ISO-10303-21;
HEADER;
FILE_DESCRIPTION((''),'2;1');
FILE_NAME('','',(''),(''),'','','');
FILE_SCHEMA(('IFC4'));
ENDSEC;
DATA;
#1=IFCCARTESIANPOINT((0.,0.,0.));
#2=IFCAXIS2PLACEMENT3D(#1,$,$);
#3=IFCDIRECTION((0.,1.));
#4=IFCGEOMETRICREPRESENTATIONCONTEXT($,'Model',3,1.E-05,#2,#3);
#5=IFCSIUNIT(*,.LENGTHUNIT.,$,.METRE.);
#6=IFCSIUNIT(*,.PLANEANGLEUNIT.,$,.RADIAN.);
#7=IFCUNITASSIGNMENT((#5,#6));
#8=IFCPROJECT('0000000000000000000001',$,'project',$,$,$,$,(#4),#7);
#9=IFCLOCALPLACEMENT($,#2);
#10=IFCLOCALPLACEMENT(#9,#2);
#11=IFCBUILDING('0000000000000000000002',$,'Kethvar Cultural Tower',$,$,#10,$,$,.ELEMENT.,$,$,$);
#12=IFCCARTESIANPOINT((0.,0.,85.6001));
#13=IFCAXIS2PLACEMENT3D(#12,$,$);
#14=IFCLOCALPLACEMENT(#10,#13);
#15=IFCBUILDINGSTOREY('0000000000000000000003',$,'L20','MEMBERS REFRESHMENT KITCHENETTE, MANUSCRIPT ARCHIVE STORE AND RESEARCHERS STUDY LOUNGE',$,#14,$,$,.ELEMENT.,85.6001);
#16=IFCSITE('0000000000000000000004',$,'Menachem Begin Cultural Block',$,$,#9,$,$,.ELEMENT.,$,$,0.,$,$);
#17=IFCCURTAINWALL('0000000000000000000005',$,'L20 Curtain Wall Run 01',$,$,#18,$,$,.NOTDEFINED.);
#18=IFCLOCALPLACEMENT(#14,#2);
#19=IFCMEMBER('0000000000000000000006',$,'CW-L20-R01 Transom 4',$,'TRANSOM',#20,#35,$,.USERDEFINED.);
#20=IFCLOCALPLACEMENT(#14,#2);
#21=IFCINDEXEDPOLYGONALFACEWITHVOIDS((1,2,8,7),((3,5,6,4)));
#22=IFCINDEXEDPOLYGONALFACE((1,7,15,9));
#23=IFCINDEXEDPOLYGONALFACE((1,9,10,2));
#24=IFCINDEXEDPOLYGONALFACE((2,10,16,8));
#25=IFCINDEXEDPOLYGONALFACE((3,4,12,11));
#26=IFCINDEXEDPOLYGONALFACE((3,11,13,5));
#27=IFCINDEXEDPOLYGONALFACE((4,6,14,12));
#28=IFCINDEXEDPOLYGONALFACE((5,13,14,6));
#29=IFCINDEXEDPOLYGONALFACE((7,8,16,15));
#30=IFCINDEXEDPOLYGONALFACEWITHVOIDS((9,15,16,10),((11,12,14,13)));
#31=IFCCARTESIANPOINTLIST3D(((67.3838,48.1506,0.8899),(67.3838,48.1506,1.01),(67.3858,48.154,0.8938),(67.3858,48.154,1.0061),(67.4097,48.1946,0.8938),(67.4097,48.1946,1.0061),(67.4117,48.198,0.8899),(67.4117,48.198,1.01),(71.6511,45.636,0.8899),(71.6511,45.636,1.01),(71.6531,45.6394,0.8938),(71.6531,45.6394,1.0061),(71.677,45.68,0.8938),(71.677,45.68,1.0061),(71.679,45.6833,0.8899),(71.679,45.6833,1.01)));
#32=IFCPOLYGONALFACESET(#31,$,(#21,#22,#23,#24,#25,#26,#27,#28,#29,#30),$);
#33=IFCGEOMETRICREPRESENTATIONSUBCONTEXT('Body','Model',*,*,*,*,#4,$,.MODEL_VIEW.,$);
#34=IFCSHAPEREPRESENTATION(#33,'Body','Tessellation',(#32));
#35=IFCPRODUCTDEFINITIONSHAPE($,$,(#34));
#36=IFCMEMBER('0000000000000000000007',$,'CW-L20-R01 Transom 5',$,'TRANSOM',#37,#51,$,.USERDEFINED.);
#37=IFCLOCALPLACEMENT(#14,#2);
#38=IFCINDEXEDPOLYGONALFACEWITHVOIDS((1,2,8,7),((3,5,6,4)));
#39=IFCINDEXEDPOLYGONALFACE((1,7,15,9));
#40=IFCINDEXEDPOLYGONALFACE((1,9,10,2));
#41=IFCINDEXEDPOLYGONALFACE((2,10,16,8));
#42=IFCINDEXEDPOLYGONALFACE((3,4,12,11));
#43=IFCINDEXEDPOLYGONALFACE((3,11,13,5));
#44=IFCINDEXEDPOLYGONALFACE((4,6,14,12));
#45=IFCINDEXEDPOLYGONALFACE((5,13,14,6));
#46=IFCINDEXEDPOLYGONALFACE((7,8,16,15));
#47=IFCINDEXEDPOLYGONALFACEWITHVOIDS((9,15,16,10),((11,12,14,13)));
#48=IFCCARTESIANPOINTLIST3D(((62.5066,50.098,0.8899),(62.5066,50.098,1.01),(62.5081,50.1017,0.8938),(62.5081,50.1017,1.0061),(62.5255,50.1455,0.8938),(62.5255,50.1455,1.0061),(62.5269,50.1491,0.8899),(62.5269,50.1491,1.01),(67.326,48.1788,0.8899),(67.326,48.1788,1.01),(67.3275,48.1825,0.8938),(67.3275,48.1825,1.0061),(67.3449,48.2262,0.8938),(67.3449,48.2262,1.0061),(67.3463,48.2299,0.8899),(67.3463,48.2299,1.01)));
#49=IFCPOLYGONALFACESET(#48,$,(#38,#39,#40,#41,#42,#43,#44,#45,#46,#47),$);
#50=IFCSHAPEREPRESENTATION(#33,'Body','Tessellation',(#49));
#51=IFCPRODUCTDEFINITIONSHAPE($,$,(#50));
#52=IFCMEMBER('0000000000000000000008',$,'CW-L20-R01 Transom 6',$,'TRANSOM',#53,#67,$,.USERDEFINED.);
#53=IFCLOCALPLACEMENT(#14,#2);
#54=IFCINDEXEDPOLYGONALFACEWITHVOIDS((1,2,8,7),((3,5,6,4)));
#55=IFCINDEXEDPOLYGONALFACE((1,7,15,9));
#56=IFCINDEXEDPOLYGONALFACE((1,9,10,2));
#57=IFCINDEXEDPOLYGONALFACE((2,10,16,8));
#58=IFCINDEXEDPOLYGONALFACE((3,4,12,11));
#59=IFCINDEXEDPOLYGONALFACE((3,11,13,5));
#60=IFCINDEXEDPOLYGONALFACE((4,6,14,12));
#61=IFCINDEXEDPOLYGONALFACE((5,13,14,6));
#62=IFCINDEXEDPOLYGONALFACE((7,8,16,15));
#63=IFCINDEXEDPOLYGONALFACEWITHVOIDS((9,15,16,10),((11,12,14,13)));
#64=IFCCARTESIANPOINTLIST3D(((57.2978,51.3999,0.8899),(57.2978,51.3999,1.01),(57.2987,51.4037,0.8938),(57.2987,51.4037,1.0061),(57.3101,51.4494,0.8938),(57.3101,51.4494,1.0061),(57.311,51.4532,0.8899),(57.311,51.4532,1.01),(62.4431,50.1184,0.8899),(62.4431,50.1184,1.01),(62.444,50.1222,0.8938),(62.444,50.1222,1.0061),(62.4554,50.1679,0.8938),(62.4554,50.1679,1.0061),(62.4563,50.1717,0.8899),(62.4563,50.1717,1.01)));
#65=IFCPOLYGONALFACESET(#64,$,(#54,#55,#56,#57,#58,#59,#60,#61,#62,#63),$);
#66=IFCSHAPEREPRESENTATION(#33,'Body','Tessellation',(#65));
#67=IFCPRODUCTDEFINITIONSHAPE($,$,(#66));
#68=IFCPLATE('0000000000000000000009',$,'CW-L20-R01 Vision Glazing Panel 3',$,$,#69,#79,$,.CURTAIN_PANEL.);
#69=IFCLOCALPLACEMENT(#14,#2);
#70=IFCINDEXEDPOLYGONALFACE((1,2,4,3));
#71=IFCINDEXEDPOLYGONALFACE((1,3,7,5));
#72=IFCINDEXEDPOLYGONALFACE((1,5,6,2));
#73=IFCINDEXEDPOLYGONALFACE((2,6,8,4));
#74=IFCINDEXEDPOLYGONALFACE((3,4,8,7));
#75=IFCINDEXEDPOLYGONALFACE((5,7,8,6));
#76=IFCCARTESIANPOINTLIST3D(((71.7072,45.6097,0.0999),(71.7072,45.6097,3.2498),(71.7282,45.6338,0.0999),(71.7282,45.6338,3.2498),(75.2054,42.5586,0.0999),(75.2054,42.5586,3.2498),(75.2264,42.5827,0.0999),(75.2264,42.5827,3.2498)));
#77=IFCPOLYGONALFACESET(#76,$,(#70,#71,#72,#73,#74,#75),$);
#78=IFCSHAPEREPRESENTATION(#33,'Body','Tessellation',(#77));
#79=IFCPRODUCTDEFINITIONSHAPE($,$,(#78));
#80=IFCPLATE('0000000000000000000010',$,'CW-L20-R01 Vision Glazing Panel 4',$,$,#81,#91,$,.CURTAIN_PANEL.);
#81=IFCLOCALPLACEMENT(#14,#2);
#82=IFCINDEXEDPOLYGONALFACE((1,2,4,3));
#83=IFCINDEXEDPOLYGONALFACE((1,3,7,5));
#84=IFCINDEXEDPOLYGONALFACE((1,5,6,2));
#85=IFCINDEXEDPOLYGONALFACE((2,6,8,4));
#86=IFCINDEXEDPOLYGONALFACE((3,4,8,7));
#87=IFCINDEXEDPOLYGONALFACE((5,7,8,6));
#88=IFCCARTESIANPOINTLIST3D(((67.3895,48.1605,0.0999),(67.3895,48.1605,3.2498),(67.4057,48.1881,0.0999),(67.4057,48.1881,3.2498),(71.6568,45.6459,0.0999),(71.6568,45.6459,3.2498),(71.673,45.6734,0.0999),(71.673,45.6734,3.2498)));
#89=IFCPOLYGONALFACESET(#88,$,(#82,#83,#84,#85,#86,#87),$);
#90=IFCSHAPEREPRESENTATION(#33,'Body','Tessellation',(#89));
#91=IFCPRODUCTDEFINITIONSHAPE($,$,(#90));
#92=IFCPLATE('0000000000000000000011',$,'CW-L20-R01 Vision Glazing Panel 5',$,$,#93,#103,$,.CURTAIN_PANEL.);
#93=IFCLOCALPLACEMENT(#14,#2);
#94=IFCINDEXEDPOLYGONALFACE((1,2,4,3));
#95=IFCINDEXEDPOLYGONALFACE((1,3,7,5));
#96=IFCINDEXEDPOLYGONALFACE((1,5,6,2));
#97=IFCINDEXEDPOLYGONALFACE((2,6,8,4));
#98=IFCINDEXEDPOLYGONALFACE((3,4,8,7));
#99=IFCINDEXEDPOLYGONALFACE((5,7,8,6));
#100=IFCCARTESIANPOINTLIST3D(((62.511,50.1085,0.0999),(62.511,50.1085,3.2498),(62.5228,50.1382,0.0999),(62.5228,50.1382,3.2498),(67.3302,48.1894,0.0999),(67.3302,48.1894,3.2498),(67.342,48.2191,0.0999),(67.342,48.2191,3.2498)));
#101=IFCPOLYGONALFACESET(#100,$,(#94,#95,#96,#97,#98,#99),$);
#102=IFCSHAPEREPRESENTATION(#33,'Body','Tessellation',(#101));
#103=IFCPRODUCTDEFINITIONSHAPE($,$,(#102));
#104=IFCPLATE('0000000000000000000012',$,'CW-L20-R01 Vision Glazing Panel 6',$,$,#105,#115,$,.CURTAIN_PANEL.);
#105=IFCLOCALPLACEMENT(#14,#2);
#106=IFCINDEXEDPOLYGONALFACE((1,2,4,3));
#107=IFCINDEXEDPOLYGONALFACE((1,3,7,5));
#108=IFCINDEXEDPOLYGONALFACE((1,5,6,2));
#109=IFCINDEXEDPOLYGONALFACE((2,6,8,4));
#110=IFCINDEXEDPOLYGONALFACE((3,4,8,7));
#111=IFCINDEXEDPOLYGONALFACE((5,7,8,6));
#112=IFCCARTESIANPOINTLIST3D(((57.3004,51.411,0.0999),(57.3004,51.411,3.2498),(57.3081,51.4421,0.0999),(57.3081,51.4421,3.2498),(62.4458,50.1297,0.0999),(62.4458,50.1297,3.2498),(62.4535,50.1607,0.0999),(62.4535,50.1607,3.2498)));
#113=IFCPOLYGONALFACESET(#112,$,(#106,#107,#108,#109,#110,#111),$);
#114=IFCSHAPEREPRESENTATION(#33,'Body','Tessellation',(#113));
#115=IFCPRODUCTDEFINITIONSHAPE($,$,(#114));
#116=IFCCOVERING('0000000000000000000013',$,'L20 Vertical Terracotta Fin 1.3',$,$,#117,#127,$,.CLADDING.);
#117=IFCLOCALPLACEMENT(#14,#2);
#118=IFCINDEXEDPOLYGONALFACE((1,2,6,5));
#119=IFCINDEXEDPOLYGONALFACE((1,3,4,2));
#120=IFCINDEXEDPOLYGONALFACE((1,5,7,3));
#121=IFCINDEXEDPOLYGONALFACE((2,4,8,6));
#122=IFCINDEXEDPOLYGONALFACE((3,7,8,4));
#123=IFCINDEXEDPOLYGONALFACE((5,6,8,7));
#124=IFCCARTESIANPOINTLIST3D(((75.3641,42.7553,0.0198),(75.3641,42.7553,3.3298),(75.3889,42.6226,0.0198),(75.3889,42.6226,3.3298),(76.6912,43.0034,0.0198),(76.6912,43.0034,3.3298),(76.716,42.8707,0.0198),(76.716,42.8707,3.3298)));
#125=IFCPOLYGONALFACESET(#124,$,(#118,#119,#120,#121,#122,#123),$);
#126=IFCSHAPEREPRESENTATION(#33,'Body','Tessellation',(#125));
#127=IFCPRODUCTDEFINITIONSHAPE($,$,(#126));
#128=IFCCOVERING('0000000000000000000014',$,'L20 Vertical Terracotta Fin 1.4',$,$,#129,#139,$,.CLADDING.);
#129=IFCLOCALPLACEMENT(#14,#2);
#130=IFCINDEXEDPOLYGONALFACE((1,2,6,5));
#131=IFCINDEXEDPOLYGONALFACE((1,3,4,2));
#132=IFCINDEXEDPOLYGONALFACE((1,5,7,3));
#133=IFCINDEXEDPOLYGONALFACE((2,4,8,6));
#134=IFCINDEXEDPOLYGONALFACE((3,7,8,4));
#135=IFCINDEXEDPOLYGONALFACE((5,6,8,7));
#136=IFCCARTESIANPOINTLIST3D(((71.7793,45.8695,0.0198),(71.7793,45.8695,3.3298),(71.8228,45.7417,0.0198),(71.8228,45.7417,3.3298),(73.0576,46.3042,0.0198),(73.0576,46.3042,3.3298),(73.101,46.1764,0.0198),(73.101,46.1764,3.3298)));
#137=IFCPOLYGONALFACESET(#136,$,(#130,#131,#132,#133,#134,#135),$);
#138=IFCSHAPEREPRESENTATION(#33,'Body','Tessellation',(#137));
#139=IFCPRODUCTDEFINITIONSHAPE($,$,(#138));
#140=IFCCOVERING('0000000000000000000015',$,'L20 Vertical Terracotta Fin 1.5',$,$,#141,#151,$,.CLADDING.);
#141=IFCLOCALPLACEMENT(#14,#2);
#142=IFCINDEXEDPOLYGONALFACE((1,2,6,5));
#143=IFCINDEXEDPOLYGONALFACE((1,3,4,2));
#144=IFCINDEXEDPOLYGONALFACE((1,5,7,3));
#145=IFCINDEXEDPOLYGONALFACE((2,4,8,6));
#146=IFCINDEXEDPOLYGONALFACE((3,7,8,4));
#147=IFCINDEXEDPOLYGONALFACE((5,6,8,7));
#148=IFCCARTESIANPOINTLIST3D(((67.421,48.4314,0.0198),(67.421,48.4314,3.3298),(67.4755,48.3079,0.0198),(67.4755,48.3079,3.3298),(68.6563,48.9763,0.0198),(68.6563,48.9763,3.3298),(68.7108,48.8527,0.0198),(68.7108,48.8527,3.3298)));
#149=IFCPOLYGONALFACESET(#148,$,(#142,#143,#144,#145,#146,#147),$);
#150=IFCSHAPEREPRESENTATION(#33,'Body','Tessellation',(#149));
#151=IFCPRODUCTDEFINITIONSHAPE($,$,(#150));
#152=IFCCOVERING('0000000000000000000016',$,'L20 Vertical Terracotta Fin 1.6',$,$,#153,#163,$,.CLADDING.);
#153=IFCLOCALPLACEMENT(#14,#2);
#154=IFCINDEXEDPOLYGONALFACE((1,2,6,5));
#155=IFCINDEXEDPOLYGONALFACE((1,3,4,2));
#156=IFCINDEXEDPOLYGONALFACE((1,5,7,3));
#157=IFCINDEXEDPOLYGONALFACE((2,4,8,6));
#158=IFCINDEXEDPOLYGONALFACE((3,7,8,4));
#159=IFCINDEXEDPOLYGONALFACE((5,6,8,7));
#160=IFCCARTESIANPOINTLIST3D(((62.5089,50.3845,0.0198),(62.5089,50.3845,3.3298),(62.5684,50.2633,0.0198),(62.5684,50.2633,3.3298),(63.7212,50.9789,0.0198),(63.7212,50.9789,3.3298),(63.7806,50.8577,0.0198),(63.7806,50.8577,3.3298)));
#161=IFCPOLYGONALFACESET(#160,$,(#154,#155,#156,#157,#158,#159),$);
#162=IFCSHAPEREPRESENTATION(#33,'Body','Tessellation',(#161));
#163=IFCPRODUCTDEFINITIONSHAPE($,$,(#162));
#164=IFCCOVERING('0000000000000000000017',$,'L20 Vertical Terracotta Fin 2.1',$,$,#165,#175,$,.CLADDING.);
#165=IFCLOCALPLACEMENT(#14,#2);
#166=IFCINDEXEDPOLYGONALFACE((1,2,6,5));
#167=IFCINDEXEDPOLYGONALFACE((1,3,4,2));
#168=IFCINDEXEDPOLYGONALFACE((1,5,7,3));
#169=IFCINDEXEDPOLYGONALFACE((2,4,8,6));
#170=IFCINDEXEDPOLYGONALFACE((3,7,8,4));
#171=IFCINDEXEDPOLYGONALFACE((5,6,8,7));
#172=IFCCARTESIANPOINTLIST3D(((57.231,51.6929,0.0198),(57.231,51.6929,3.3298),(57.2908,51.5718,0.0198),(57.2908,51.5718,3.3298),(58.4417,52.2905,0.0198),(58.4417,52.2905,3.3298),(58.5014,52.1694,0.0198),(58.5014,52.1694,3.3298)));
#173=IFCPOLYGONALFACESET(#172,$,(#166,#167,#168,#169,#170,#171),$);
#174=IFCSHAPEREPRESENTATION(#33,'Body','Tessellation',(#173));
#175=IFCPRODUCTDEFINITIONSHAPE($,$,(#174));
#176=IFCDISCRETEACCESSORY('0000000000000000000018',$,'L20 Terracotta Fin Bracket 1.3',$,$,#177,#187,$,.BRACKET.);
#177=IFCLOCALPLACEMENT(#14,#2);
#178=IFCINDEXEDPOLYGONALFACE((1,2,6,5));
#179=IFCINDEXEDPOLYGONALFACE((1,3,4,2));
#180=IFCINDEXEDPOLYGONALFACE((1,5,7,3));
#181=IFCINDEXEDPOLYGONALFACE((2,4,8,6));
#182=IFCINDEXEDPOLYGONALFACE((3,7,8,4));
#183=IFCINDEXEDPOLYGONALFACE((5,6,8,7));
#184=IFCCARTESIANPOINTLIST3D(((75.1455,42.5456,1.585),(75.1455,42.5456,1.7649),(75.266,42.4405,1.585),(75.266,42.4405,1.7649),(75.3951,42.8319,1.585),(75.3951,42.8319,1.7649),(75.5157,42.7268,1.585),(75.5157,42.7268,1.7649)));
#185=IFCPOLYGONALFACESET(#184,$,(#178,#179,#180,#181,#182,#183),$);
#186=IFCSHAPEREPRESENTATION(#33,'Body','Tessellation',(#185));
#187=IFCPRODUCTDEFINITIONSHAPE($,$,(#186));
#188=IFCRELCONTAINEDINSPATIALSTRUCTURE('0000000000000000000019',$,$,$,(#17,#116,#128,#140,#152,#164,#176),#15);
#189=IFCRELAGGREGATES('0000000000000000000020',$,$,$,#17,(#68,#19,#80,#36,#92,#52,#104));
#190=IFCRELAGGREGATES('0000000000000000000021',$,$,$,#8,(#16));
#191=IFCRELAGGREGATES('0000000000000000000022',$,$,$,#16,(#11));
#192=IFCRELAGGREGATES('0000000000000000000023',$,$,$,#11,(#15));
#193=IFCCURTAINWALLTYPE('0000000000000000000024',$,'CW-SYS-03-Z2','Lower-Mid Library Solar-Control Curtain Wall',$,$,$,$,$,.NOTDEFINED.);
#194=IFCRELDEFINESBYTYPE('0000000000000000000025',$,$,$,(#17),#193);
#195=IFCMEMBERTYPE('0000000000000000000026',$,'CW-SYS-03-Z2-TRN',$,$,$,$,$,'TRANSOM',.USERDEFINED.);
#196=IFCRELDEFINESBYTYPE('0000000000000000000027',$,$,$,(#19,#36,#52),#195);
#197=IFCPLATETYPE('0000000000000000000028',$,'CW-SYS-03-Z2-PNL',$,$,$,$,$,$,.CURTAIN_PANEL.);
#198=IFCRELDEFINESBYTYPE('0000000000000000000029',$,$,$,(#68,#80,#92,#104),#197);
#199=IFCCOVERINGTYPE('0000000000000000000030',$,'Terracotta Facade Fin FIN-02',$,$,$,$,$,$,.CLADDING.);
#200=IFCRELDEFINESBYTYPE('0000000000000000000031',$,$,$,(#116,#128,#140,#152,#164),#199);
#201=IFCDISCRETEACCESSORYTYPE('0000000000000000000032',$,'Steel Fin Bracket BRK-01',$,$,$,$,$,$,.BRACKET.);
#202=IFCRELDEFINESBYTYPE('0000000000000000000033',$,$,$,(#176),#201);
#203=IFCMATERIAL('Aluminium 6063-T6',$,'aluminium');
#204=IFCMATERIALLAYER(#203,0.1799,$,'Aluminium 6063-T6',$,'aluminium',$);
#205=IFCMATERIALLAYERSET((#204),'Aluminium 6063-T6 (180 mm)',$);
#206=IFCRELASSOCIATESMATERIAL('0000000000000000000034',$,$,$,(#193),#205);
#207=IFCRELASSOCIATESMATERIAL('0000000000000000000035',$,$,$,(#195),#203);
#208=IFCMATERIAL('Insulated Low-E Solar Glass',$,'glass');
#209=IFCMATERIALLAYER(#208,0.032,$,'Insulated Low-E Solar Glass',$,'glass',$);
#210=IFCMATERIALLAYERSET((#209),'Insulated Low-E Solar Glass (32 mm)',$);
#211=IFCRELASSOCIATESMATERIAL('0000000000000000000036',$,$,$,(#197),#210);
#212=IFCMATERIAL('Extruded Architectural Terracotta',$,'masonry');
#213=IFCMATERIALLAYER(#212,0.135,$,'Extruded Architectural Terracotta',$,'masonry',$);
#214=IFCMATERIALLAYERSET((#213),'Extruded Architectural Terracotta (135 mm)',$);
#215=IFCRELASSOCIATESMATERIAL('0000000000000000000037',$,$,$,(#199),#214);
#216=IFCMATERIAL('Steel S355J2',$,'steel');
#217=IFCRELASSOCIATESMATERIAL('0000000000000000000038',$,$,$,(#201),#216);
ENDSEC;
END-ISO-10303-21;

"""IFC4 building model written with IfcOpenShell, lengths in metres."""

from ifc_helpers import new_model, si_unit, direction, frame, origin, origin_2d, place, context, subcontext, project, spatial, rectangle, hollow_rectangle, extrude, source, transform, mapped, material, layer, layer_set, material_profile, profile_set, type_object, element, aggregate, save


model = new_model("IFC4")

# Units and contexts
model_context = context("Model", 3, precision=1e-05, world=origin(), true_north=direction((0.0, 1.0)))
body_context = subcontext(model_context, "Body", "Model", "MODEL_VIEW")
ifc_project = project(units=[si_unit("LENGTHUNIT", "METRE"), si_unit("PLANEANGLEUNIT", "RADIAN")], contexts=[model_context])

# Site, building, storey
site_placement = place(None, origin())
site = spatial("IfcSite", under=ifc_project, at=site_placement, Name="Menachem Begin Cultural Block", CompositionType="ELEMENT", RefElevation=0.0)
building_placement = place(site_placement, origin())
building = spatial("IfcBuilding", under=site, at=building_placement, Name="Kethvar Cultural Tower", CompositionType="ELEMENT")
storey_placement = place(building_placement, frame((0.0, 0.0, 85.6001)))
storey = spatial("IfcBuildingStorey", under=building, at=storey_placement, Name="L20", Description="MEMBERS REFRESHMENT KITCHENETTE, MANUSCRIPT ARCHIVE STORE AND RESEARCHERS STUDY LOUNGE", CompositionType="ELEMENT", Elevation=85.6001)

# Shared definitions
ifc_material_1 = material(Name="Steel S355J2", Category="steel")

# Curtain wall, members, plates
ifc_material_2 = material(Name="Aluminium 6063-T6", Category="aluminium")
ifc_layer_1 = layer(ifc_material_2, 0.1799, Name="Aluminium 6063-T6", Category="aluminium")
ifc_layer_set_1 = layer_set([ifc_layer_1], Name="Aluminium 6063-T6 (180 mm)")
curtain_wall_type = type_object("IfcCurtainWallType", Name="CW-SYS-03-Z2", Description="Lower-Mid Library Solar-Control Curtain Wall", PredefinedType="NOTDEFINED", material=ifc_layer_set_1)
curtain_wall_placement = place(storey_placement, origin())
curtain_wall = element("IfcCurtainWall", 1, at=curtain_wall_placement, inside=storey, type_object=curtain_wall_type, Name="L20 Curtain Wall Run 01", PredefinedType="NOTDEFINED")
ifc_material_profile_1 = material_profile(ifc_material_2, hollow_rectangle(XDim=0.0549, YDim=0.1201, WallThickness=0.0039, at=origin_2d()), Name="Aluminium 6063-T6 — RHS120x55x4")
ifc_profile_set_1 = profile_set([ifc_material_profile_1], Name="Aluminium 6063-T6 — RHS120x55x4")
member_type_1 = type_object("IfcMemberType", Name="CW-SYS-03-Z2-TRN", ElementType="TRANSOM", PredefinedType="USERDEFINED", material=ifc_profile_set_1)
shared_shape_1 = source(origin(), body_context, "Body", "SweptSolid", [
    extrude(hollow_rectangle(XDim=0.0549, YDim=0.1201, WallThickness=0.0039, at=origin_2d()), origin(), (0.0, 0.0, 1.0), 4.9531),
])
member_1_placement = place(storey_placement, frame((71.665, 45.6597, 0.95), z_axis=(-0.861541, 0.507688, 0.0), x_axis=(-0.507688, -0.861541, 0.0)))
member_1 = element("IfcMember", 2, at=member_1_placement, type_object=member_type_1, Name="CW-L20-R01 Transom 4", ObjectType="TRANSOM", PredefinedType="USERDEFINED", context=body_context, shape_type="MappedRepresentation", body=[
    mapped(shared_shape_1, transform((0.0, 0.0, 0.0), scale=1.0)),
])
shared_shape_2 = source(origin(), body_context, "Body", "SweptSolid", [
    extrude(hollow_rectangle(XDim=0.0549, YDim=0.1201, WallThickness=0.0039, at=origin_2d()), origin(), (0.0, 0.0, 1.0), 5.1875),
])
member_2_placement = place(storey_placement, frame((67.3362, 48.2043, 0.95), z_axis=(-0.929044, 0.36997, 0.0), x_axis=(-0.36997, -0.929044, 0.0)))
member_2 = element("IfcMember", 3, at=member_2_placement, type_object=member_type_1, Name="CW-L20-R01 Transom 5", ObjectType="TRANSOM", PredefinedType="USERDEFINED", context=body_context, shape_type="MappedRepresentation", body=[
    mapped(shared_shape_2, transform((0.0, 0.0, 0.0), scale=1.0)),
])
shared_shape_3 = source(origin(), body_context, "Body", "SweptSolid", [
    extrude(hollow_rectangle(XDim=0.0549, YDim=0.1201, WallThickness=0.0039, at=origin_2d()), origin(), (0.0, 0.0, 1.0), 5.3025),
])
member_3_placement = place(storey_placement, frame((62.4497, 50.145, 0.95), z_axis=(-0.970356, 0.24168, 0.0), x_axis=(-0.24168, -0.970356, 0.0)))
member_3 = element("IfcMember", 4, at=member_3_placement, type_object=member_type_1, Name="CW-L20-R01 Transom 6", ObjectType="TRANSOM", PredefinedType="USERDEFINED", context=body_context, shape_type="MappedRepresentation", body=[
    mapped(shared_shape_3, transform((0.0, 0.0, 0.0), scale=1.0)),
])
ifc_material_3 = material(Name="Insulated Low-E Solar Glass", Category="glass")
ifc_layer_2 = layer(ifc_material_3, 0.032, Name="Insulated Low-E Solar Glass", Category="glass")
ifc_layer_set_2 = layer_set([ifc_layer_2], Name="Insulated Low-E Solar Glass (32 mm)")
plate_type = type_object("IfcPlateType", Name="CW-SYS-03-Z2-PNL", PredefinedType="CURTAIN_PANEL", material=ifc_layer_set_2)
shared_shape_4 = source(origin(), body_context, "Body", "SweptSolid", [
    extrude(rectangle(XDim=4.6418, YDim=0.032, at=origin_2d()), origin(), (0.0, 0.0, 1.0), 3.1499),
])
plate_1_placement = place(storey_placement, frame((73.4668, 44.0962, 0.0999), z_axis=(0.0, 0.0, 1.0), x_axis=(-0.753621, 0.657309, 0.0)))
plate_1 = element("IfcPlate", 5, at=plate_1_placement, type_object=plate_type, Name="CW-L20-R01 Vision Glazing Panel 3", PredefinedType="CURTAIN_PANEL", context=body_context, shape_type="MappedRepresentation", body=[
    mapped(shared_shape_4, transform((0.0, 0.0, 0.0), scale=1.0)),
])
shared_shape_5 = source(origin(), body_context, "Body", "SweptSolid", [
    extrude(rectangle(XDim=4.9531, YDim=0.032, at=origin_2d()), origin(), (0.0, 0.0, 1.0), 3.1499),
])
plate_2_placement = place(storey_placement, frame((69.5312, 46.917, 0.0999), z_axis=(0.0, 0.0, 1.0), x_axis=(-0.861541, 0.507689, 0.0)))
plate_2 = element("IfcPlate", 6, at=plate_2_placement, type_object=plate_type, Name="CW-L20-R01 Vision Glazing Panel 4", PredefinedType="CURTAIN_PANEL", context=body_context, shape_type="MappedRepresentation", body=[
    mapped(shared_shape_5, transform((0.0, 0.0, 0.0), scale=1.0)),
])
shared_shape_6 = source(origin(), body_context, "Body", "SweptSolid", [
    extrude(rectangle(XDim=5.1873, YDim=0.032, at=origin_2d()), origin(), (0.0, 0.0, 1.0), 3.1499),
])
plate_3_placement = place(storey_placement, frame((64.9265, 49.1638, 0.0999), z_axis=(0.0, 0.0, 1.0), x_axis=(-0.929042, 0.369974, 0.0)))
plate_3 = element("IfcPlate", 7, at=plate_3_placement, type_object=plate_type, Name="CW-L20-R01 Vision Glazing Panel 5", PredefinedType="CURTAIN_PANEL", context=body_context, shape_type="MappedRepresentation", body=[
    mapped(shared_shape_6, transform((0.0, 0.0, 0.0), scale=1.0)),
])
shared_shape_7 = source(origin(), body_context, "Body", "SweptSolid", [
    extrude(rectangle(XDim=5.3025, YDim=0.032, at=origin_2d()), origin(), (0.0, 0.0, 1.0), 3.1499),
])
plate_4_placement = place(storey_placement, frame((59.877, 50.7859, 0.0999), z_axis=(0.0, 0.0, 1.0), x_axis=(-0.970363, 0.241651, 0.0)))
plate_4 = element("IfcPlate", 8, at=plate_4_placement, type_object=plate_type, Name="CW-L20-R01 Vision Glazing Panel 6", PredefinedType="CURTAIN_PANEL", context=body_context, shape_type="MappedRepresentation", body=[
    mapped(shared_shape_7, transform((0.0, 0.0, 0.0), scale=1.0)),
])
aggregate(curtain_wall, [plate_1, member_1, plate_2, member_2, plate_3, member_3, plate_4])

# Coverings
ifc_material_4 = material(Name="Extruded Architectural Terracotta", Category="masonry")
ifc_layer_3 = layer(ifc_material_4, 0.135, Name="Extruded Architectural Terracotta", Category="masonry")
ifc_layer_set_3 = layer_set([ifc_layer_3], Name="Extruded Architectural Terracotta (135 mm)")
covering_type = type_object("IfcCoveringType", Name="Terracotta Facade Fin FIN-02", PredefinedType="CLADDING", material=ifc_layer_set_3)
shared_shape_8 = source(origin(), body_context, "Body", "SweptSolid", [
    extrude(rectangle(XDim=1.3501, YDim=0.135, at=origin_2d()), origin(), (0.0, 0.0, 1.0), 3.3101),
])
for number, where, z_axis, x_axis, name in (
    (9, (76.04, 42.813, 0.0198), (0.0, 0.0, 1.0), (0.982967, 0.18378, 0.0), "L20 Vertical Terracotta Fin 1.3"),
    (10, (72.4402, 46.0229, 0.0198), (0.0, 0.0, 1.0), (0.946762, 0.321935, 0.0), "L20 Vertical Terracotta Fin 1.4"),
    (11, (68.0659, 48.6421, 0.0198), (0.0, 0.0, 1.0), (0.91496, 0.403545, 0.0), "L20 Vertical Terracotta Fin 1.5"),
    (12, (63.1448, 50.6211, 0.0198), (0.0, 0.0, 1.0), (0.897874, 0.440253, 0.0), "L20 Vertical Terracotta Fin 1.6"),
    (13, (57.8662, 51.9312, 0.0198), (0.0, 0.0, 1.0), (0.896718, 0.442602, 0.0), "L20 Vertical Terracotta Fin 2.1"),
):
    element("IfcCovering", number, at=place(storey_placement, frame(where, z_axis=z_axis, x_axis=x_axis)), inside=storey, type_object=covering_type, Name=name, PredefinedType="CLADDING", context=body_context, shape_type="MappedRepresentation", body=[
        mapped(shared_shape_8, transform((0.0, 0.0, 0.0), scale=1.0)),
    ])

# Discrete accessory
discrete_accessory_type = type_object("IfcDiscreteAccessoryType", Name="Steel Fin Bracket BRK-01", PredefinedType="BRACKET", material=ifc_material_1)
shared_shape_9 = source(origin(), body_context, "Body", "SweptSolid", [
    extrude(rectangle(XDim=0.3799, YDim=0.1599, at=origin_2d()), origin(), (0.0, 0.0, 1.0), 0.1799),
])
for number, where, z_axis, x_axis, name in (
    (14, (75.3306, 42.6362, 1.585), (0.0, 0.0, 1.0), (0.657244, 0.753678, 0.0), "L20 Terracotta Fin Bracket 1.3"),
):
    element("IfcDiscreteAccessory", number, at=place(storey_placement, frame(where, z_axis=z_axis, x_axis=x_axis)), inside=storey, type_object=discrete_accessory_type, Name=name, PredefinedType="BRACKET", context=body_context, shape_type="MappedRepresentation", body=[
        mapped(shared_shape_9, transform((0.0, 0.0, 0.0), scale=1.0)),
    ])

save(model, "model.ifc")
